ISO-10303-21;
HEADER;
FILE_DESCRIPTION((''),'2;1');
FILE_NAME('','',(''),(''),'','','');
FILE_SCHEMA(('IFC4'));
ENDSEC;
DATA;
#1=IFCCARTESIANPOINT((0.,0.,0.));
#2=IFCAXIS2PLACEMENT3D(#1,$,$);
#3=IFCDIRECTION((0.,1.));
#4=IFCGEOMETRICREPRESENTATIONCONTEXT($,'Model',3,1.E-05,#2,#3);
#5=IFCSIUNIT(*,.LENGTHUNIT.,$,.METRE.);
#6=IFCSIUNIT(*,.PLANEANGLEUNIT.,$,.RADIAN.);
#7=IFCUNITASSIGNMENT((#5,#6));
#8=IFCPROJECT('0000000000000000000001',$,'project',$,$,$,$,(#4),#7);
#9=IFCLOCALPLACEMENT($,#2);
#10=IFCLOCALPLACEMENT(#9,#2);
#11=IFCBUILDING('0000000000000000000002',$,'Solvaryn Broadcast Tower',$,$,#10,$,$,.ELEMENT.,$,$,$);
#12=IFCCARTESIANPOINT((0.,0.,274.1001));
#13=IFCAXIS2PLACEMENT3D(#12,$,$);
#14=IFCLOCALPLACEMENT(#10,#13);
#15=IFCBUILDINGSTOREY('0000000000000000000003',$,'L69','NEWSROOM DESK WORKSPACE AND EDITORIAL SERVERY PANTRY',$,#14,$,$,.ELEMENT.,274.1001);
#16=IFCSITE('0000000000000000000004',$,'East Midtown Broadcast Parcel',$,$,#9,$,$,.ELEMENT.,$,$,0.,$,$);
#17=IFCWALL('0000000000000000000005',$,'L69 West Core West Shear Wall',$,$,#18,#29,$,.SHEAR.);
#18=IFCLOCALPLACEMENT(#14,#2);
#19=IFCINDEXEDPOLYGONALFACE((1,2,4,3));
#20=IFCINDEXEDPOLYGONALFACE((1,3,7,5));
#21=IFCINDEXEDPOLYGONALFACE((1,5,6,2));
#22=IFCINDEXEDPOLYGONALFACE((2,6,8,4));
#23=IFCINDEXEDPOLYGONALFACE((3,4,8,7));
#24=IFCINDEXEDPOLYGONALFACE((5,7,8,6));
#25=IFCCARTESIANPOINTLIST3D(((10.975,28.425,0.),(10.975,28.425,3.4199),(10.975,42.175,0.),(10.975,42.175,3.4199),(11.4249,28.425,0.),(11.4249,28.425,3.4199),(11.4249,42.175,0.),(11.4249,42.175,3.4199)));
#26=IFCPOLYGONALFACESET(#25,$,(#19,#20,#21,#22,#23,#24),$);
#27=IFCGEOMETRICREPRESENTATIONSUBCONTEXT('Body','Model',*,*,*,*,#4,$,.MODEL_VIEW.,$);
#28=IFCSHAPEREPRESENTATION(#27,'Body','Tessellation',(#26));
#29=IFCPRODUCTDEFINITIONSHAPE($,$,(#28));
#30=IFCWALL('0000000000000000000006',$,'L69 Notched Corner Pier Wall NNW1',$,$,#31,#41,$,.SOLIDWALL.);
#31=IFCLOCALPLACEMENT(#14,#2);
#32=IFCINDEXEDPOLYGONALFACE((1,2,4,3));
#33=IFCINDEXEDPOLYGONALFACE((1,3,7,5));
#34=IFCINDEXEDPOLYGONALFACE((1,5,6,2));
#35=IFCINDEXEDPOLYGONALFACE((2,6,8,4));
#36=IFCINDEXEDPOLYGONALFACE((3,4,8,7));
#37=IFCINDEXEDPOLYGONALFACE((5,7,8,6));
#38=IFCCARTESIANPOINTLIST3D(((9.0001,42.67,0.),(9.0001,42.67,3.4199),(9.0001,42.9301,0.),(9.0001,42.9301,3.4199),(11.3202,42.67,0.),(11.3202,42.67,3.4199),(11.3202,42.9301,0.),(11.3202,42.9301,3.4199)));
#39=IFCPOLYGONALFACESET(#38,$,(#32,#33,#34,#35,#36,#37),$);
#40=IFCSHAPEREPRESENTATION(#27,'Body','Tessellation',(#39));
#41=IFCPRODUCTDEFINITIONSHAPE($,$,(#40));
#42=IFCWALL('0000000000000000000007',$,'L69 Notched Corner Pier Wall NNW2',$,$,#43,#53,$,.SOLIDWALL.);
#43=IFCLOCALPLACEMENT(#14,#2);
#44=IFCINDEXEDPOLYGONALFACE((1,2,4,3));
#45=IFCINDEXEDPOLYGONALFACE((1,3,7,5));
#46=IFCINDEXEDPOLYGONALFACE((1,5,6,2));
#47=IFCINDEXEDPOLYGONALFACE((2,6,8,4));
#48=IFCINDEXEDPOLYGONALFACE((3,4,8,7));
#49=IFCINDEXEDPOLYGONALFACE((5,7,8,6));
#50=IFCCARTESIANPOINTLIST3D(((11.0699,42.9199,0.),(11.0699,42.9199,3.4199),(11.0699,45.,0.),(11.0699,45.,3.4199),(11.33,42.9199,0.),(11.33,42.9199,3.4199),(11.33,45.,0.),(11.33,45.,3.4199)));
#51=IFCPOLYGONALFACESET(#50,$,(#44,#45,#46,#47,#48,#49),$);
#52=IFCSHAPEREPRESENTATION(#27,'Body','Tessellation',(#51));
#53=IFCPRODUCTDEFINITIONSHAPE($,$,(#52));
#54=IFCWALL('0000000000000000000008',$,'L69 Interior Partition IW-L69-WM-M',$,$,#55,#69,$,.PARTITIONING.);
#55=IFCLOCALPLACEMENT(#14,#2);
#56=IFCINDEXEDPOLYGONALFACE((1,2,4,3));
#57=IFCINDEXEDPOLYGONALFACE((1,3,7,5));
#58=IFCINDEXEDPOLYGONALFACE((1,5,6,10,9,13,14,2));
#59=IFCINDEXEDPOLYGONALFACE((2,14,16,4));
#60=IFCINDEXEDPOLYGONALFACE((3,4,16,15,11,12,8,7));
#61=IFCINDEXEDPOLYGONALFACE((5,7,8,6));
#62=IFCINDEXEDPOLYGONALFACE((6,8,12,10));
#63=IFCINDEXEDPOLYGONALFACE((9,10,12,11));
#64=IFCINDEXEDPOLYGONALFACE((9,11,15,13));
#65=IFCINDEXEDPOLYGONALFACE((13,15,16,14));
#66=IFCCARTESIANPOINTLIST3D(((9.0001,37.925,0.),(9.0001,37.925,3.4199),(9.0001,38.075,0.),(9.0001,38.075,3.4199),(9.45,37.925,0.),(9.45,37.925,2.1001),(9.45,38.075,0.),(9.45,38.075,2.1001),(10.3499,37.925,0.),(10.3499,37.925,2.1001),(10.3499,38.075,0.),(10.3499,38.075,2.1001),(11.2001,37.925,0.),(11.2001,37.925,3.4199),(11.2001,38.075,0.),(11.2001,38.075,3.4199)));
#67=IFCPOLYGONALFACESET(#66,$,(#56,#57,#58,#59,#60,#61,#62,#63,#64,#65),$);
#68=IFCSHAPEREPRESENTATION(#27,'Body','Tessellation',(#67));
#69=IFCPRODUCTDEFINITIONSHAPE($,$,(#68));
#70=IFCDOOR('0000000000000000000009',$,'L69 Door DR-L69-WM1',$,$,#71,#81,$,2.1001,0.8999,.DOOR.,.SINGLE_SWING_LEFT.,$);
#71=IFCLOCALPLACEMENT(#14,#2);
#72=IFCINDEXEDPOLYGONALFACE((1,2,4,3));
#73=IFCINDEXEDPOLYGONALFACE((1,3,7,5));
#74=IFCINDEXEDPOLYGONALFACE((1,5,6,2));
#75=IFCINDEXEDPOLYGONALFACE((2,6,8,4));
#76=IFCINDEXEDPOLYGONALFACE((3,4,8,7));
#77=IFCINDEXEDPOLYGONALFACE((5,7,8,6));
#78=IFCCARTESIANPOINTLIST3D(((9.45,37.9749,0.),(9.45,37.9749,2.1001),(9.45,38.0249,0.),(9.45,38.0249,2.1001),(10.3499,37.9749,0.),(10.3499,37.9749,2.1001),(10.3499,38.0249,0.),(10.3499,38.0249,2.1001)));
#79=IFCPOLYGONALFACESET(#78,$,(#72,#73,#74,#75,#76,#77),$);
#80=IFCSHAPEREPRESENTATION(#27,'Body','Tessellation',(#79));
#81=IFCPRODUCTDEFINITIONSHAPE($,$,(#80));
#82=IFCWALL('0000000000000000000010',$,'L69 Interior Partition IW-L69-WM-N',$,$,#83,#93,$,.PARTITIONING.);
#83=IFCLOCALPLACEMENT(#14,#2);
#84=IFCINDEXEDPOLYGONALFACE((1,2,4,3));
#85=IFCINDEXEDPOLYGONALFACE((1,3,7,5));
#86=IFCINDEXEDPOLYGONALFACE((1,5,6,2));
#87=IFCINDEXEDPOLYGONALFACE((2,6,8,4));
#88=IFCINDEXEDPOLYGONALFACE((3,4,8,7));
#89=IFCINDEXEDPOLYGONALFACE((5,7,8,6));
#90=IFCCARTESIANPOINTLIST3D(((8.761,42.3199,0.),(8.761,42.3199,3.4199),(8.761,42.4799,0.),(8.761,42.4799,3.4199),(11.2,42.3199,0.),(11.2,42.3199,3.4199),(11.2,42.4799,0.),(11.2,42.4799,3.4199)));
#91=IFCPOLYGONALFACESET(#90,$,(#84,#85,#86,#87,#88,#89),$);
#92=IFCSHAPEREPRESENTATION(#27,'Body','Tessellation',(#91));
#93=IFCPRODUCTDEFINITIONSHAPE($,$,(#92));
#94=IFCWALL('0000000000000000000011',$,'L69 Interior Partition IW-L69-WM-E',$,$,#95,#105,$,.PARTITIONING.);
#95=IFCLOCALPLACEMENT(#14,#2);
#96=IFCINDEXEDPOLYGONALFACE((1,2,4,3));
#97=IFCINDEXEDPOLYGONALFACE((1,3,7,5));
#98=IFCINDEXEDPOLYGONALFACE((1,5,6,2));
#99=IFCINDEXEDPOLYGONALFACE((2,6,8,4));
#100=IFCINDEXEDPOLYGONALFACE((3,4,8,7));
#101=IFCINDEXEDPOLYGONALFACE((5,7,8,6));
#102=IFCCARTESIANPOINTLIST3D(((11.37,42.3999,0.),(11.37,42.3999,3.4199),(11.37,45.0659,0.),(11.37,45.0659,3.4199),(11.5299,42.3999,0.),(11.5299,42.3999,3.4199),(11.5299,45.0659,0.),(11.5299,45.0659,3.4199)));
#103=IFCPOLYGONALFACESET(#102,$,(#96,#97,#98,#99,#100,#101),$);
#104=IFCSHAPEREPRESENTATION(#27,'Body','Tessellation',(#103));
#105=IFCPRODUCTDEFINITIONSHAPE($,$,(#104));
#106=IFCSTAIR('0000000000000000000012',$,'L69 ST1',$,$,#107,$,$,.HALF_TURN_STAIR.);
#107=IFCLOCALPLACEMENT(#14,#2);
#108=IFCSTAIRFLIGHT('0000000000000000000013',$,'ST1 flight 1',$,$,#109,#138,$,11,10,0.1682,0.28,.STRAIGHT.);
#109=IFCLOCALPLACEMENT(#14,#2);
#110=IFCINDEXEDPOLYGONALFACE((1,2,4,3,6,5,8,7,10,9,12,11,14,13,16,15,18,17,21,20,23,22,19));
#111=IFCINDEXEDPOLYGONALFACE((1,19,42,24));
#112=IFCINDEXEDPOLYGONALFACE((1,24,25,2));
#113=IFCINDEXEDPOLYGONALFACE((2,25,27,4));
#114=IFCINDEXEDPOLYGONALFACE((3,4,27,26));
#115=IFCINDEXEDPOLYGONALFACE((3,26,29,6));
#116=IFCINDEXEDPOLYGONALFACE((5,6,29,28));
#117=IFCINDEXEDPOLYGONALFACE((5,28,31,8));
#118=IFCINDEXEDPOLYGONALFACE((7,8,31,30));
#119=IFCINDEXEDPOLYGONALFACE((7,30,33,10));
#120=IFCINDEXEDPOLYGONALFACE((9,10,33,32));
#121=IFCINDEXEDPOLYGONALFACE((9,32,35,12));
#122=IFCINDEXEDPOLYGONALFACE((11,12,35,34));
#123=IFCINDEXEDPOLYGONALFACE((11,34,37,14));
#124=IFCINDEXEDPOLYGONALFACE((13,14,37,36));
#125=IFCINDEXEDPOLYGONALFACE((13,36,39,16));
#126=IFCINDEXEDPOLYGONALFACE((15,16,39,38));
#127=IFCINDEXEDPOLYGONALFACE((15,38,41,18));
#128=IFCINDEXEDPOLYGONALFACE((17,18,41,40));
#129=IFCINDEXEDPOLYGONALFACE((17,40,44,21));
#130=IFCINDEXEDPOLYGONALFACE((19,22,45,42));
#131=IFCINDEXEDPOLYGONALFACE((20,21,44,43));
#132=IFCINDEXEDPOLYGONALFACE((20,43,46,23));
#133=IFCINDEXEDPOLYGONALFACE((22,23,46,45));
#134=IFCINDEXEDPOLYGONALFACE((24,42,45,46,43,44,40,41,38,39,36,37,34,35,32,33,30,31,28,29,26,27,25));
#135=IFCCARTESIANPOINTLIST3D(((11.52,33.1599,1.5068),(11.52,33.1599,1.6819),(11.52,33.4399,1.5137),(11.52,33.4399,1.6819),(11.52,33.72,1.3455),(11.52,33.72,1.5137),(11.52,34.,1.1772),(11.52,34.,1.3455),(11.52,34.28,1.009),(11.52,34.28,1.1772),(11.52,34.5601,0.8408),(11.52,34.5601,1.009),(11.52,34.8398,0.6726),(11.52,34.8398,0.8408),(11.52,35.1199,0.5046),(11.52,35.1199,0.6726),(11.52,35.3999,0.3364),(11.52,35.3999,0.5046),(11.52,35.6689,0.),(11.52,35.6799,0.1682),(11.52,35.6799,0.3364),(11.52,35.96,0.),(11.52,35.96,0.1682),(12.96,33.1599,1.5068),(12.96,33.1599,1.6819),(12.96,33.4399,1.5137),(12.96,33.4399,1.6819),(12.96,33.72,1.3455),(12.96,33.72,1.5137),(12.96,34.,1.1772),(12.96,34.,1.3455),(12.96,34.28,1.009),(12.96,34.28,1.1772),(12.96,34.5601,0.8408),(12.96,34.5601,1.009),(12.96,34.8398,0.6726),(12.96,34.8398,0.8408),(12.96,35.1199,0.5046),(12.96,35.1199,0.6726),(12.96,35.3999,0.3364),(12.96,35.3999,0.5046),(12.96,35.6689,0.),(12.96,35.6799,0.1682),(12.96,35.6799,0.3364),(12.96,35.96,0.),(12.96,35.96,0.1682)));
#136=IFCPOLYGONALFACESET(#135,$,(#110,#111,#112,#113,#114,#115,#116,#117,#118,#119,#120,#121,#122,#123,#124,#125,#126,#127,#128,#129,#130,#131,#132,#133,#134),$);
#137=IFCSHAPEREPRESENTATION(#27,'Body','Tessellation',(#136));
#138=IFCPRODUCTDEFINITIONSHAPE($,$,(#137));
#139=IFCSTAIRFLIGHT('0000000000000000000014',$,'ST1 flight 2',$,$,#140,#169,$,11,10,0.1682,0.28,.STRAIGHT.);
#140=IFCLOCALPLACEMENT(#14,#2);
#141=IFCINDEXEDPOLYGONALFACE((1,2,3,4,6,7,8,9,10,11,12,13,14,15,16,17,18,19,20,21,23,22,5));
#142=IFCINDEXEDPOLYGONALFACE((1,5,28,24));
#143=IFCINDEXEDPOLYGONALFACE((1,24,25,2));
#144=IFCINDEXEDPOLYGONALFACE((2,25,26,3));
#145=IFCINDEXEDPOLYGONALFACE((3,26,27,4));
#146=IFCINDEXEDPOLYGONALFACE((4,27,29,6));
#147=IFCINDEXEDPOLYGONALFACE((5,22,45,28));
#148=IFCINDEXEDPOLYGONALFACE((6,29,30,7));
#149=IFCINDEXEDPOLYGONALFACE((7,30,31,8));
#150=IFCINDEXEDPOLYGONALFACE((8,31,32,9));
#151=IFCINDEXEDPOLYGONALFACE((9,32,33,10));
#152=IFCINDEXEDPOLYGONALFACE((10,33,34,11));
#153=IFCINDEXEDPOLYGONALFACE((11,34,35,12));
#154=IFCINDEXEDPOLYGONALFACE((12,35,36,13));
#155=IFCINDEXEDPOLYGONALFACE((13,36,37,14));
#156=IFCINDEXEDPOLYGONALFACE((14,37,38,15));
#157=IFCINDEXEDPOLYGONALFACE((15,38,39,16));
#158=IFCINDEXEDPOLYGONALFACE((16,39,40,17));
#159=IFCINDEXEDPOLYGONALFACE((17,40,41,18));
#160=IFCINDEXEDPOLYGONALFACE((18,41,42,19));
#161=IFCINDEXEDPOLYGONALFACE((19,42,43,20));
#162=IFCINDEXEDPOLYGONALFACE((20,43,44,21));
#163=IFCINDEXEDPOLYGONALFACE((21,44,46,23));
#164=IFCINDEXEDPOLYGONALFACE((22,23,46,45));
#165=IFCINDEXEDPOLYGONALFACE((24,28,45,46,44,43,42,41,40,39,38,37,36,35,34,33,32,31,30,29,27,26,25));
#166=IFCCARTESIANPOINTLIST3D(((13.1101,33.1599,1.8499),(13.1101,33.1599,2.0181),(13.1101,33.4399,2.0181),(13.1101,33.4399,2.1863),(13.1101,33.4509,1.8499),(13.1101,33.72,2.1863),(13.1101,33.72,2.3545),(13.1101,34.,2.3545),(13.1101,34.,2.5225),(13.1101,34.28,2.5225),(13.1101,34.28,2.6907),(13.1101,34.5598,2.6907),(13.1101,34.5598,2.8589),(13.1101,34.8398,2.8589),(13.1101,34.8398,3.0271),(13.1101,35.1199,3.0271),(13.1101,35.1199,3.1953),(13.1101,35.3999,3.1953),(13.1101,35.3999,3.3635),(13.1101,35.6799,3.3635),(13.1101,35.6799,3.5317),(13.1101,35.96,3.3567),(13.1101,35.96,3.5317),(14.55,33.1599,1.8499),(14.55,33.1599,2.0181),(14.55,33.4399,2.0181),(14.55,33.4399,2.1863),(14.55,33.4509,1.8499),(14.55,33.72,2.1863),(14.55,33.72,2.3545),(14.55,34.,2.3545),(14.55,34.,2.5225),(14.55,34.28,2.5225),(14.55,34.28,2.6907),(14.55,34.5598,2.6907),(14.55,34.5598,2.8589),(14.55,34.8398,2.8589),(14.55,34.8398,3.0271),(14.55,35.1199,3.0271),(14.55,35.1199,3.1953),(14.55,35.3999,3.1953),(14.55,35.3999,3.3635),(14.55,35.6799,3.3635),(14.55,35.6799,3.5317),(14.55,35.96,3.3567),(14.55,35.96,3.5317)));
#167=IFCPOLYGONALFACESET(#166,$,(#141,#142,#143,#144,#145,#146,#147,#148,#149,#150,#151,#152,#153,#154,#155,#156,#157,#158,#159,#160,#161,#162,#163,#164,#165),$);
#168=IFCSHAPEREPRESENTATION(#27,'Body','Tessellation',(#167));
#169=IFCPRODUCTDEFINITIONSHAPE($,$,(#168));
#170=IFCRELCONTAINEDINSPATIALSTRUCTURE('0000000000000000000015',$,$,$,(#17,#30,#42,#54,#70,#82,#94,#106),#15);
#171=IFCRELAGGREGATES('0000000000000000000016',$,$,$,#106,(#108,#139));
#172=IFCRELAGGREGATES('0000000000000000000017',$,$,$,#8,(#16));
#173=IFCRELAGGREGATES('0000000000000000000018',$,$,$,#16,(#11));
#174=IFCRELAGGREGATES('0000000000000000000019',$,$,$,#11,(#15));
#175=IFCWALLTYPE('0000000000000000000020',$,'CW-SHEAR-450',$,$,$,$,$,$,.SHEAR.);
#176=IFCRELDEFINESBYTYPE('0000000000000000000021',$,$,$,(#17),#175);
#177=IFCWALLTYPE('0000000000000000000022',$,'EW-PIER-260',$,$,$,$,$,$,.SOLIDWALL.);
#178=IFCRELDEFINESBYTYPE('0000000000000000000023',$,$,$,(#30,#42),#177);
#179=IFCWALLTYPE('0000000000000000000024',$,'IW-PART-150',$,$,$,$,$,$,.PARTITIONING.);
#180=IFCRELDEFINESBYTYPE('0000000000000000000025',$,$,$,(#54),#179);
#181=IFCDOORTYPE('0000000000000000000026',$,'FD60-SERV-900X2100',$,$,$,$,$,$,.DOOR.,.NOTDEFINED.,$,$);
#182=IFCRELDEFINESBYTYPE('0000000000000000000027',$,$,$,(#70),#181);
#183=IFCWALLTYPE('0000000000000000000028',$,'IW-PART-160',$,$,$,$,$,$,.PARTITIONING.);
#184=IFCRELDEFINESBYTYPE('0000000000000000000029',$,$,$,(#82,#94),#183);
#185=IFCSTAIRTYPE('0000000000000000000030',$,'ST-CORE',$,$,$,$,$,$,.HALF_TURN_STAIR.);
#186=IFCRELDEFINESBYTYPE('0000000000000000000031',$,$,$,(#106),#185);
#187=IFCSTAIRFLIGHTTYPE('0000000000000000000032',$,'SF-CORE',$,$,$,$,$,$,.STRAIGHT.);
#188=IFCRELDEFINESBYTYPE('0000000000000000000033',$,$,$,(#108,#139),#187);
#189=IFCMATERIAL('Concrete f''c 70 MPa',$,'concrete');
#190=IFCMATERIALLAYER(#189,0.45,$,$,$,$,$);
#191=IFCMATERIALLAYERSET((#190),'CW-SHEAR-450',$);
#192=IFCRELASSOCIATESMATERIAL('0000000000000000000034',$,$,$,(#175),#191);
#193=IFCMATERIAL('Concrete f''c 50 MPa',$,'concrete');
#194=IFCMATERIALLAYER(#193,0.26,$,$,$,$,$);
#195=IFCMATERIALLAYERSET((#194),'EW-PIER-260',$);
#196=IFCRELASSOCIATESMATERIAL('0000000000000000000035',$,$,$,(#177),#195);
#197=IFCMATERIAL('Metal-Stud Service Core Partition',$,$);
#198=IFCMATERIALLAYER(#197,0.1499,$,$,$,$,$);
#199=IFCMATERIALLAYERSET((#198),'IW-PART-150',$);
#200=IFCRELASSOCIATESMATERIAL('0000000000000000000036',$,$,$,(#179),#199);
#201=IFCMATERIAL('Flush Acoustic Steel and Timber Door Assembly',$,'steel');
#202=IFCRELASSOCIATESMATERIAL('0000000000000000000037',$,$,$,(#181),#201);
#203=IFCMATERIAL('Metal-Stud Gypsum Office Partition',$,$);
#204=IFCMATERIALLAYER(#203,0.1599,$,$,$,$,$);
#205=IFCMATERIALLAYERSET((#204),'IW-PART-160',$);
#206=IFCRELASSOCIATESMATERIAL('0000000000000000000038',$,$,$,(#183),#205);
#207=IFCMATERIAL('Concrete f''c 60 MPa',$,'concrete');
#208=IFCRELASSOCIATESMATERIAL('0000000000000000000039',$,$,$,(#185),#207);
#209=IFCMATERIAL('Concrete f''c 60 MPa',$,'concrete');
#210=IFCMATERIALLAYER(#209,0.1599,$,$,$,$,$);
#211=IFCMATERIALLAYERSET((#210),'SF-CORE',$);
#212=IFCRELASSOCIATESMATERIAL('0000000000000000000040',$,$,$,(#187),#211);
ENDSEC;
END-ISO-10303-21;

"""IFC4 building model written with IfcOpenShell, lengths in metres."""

from ifc_helpers import new_model, si_unit, direction, frame, frame_2d, origin, place, context, subcontext, project, spatial, polyline, rectangle, outline, extrude, material, layer, layer_set, type_object, element, fill, aggregate, save


model = new_model("IFC4")

# Units and contexts
model_context = context("Model", 3, precision=1e-05, world=origin(), true_north=direction((0.0, 1.0)))
body_context = subcontext(model_context, "Body", "Model", "MODEL_VIEW")
ifc_project = project(units=[si_unit("LENGTHUNIT", "METRE"), si_unit("PLANEANGLEUNIT", "RADIAN")], contexts=[model_context])

# Site, building, storey
site_placement = place(None, origin())
site = spatial("IfcSite", under=ifc_project, at=site_placement, Name="East Midtown Broadcast Parcel", CompositionType="ELEMENT", RefElevation=0.0)
building_placement = place(site_placement, origin())
building = spatial("IfcBuilding", under=site, at=building_placement, Name="Solvaryn Broadcast Tower", CompositionType="ELEMENT")
storey_placement = place(building_placement, frame((0.0, 0.0, 274.1001)))
storey = spatial("IfcBuildingStorey", under=building, at=storey_placement, Name="L69", Description="NEWSROOM DESK WORKSPACE AND EDITORIAL SERVERY PANTRY", CompositionType="ELEMENT", Elevation=274.1001)

# Walls
ifc_material_1 = material(Name="Concrete f'c 70 MPa", Category="concrete")
ifc_layer_1 = layer(ifc_material_1, 0.45)
ifc_layer_set_1 = layer_set([ifc_layer_1], Name="CW-SHEAR-450")
wall_type_1 = type_object("IfcWallType", Name="CW-SHEAR-450", PredefinedType="SHEAR", material=ifc_layer_set_1)
wall_1_placement = place(storey_placement, frame((11.2, 42.175, 0.0), z_axis=(0.0, 0.0, 1.0), x_axis=(0.0, -1.0, 0.0)))
element("IfcWall", 1, at=wall_1_placement, inside=storey, type_object=wall_type_1, Name="L69 West Core West Shear Wall", PredefinedType="SHEAR", context=body_context, shape_type="SweptSolid", body=[
    extrude(rectangle(XDim=13.75, YDim=0.45, at=frame_2d((6.875, 0.0))), origin(), (0.0, 0.0, 1.0), 3.4199),
])
ifc_material_2 = material(Name="Concrete f'c 50 MPa", Category="concrete")
ifc_layer_2 = layer(ifc_material_2, 0.26)
ifc_layer_set_2 = layer_set([ifc_layer_2], Name="EW-PIER-260")
wall_type_2 = type_object("IfcWallType", Name="EW-PIER-260", PredefinedType="SOLIDWALL", material=ifc_layer_set_2)
wall_2_placement = place(storey_placement, frame((9.0, 42.8, 0.0), z_axis=(0.0, 0.0, 1.0), x_axis=(1.0, 0.0, 0.0)))
element("IfcWall", 2, at=wall_2_placement, inside=storey, type_object=wall_type_2, Name="L69 Notched Corner Pier Wall NNW1", PredefinedType="SOLIDWALL", context=body_context, shape_type="SweptSolid", body=[
    extrude(rectangle(XDim=2.3201, YDim=0.26, at=frame_2d((1.1602, 0.0))), origin(), (0.0, 0.0, 1.0), 3.4199),
])
wall_3_placement = place(storey_placement, frame((11.2, 42.9199, 0.0), z_axis=(0.0, 0.0, 1.0), x_axis=(0.0, 1.0, 0.0)))
element("IfcWall", 3, at=wall_3_placement, inside=storey, type_object=wall_type_2, Name="L69 Notched Corner Pier Wall NNW2", PredefinedType="SOLIDWALL", context=body_context, shape_type="SweptSolid", body=[
    extrude(rectangle(XDim=2.0801, YDim=0.26, at=frame_2d((1.04, 0.0))), origin(), (0.0, 0.0, 1.0), 3.4199),
])

# Wall, opening, door
ifc_material_3 = material(Name="Metal-Stud Service Core Partition")
ifc_layer_3 = layer(ifc_material_3, 0.1499)
ifc_layer_set_3 = layer_set([ifc_layer_3], Name="IW-PART-150")
wall_type_3 = type_object("IfcWallType", Name="IW-PART-150", PredefinedType="PARTITIONING", material=ifc_layer_set_3)
wall_4_placement = place(storey_placement, frame((9.0, 38.0, 0.0), z_axis=(0.0, 0.0, 1.0), x_axis=(1.0, 0.0, 0.0)))
wall_4 = element("IfcWall", 4, at=wall_4_placement, inside=storey, type_object=wall_type_3, Name="L69 Interior Partition IW-L69-WM-M", PredefinedType="PARTITIONING", context=body_context, shape_type="SweptSolid", body=[
    extrude(rectangle(XDim=2.2, YDim=0.1499, at=frame_2d((1.1001, 0.0))), origin(), (0.0, 0.0, 1.0), 3.4199),
])
opening_placement = place(wall_4_placement, frame((0.45, 0.0, 0.0)))
opening = element("IfcOpeningElement", 5, at=opening_placement, cuts=wall_4, PredefinedType="OPENING", context=body_context, shape_type="SweptSolid", body=[
    extrude(rectangle(XDim=0.8999, YDim=2.1001, at=frame_2d((0.45, 1.05))), frame((0.0, 0.085, 0.0), z_axis=(0.0, -1.0, 0.0), x_axis=(1.0, 0.0, 0.0)), (0.0, 0.0, 1.0), 0.1699),
])
ifc_material_4 = material(Name="Flush Acoustic Steel and Timber Door Assembly", Category="steel")
door_type = type_object("IfcDoorType", Name="FD60-SERV-900X2100", OperationType="NOTDEFINED", PredefinedType="DOOR", material=ifc_material_4)
door_placement = place(opening_placement, origin())
door = element("IfcDoor", 6, at=door_placement, inside=storey, type_object=door_type, Name="L69 Door DR-L69-WM1", OperationType="SINGLE_SWING_LEFT", OverallHeight=2.1001, OverallWidth=0.8999, PredefinedType="DOOR", context=body_context, shape_type="SweptSolid", body=[
    extrude(rectangle(XDim=0.8999, YDim=2.1001, at=frame_2d((0.45, 1.05))), frame((0.0, 0.0249, 0.0), z_axis=(0.0, -1.0, 0.0), x_axis=(1.0, 0.0, 0.0)), (0.0, 0.0, 1.0), 0.05),
])
fill(opening, door)

# Walls
ifc_material_5 = material(Name="Metal-Stud Gypsum Office Partition")
ifc_layer_4 = layer(ifc_material_5, 0.1599)
ifc_layer_set_4 = layer_set([ifc_layer_4], Name="IW-PART-160")
wall_type_4 = type_object("IfcWallType", Name="IW-PART-160", PredefinedType="PARTITIONING", material=ifc_layer_set_4)
wall_5_placement = place(storey_placement, frame((8.761, 42.3999, 0.0), z_axis=(0.0, 0.0, 1.0), x_axis=(1.0, 0.0, 0.0)))
element("IfcWall", 7, at=wall_5_placement, inside=storey, type_object=wall_type_4, Name="L69 Interior Partition IW-L69-WM-N", PredefinedType="PARTITIONING", context=body_context, shape_type="SweptSolid", body=[
    extrude(rectangle(XDim=2.439, YDim=0.1599, at=frame_2d((1.2195, 0.0))), origin(), (0.0, 0.0, 1.0), 3.4199),
])
wall_6_placement = place(storey_placement, frame((11.45, 42.3999, 0.0), z_axis=(0.0, 0.0, 1.0), x_axis=(0.0, 1.0, 0.0)))
element("IfcWall", 8, at=wall_6_placement, inside=storey, type_object=wall_type_4, Name="L69 Interior Partition IW-L69-WM-E", PredefinedType="PARTITIONING", context=body_context, shape_type="SweptSolid", body=[
    extrude(rectangle(XDim=2.666, YDim=0.1599, at=frame_2d((1.333, 0.0))), origin(), (0.0, 0.0, 1.0), 3.4199),
])

# Stair, stair flights
ifc_material_6 = material(Name="Concrete f'c 60 MPa", Category="concrete")
stair_type = type_object("IfcStairType", Name="ST-CORE", PredefinedType="HALF_TURN_STAIR", material=ifc_material_6)
stair_placement = place(storey_placement, origin())
stair = element("IfcStair", 9, at=stair_placement, inside=storey, type_object=stair_type, Name="L69 ST1", PredefinedType="HALF_TURN_STAIR")
ifc_material_7 = material(Name="Concrete f'c 60 MPa", Category="concrete")
ifc_layer_5 = layer(ifc_material_7, 0.1599)
ifc_layer_set_5 = layer_set([ifc_layer_5], Name="SF-CORE")
stair_flight_type = type_object("IfcStairFlightType", Name="SF-CORE", PredefinedType="STRAIGHT", material=ifc_layer_set_5)
stair_flight_1_placement = place(storey_placement, frame((12.24, 35.96, 0.0), z_axis=(0.0, 0.0, 1.0), x_axis=(0.0, -1.0, 0.0)))
stair_flight_1 = element("IfcStairFlight", 10, at=stair_flight_1_placement, type_object=stair_flight_type, Name="ST1 flight 1", NumberOfRisers=11, NumberOfTreads=10, PredefinedType="STRAIGHT", RiserHeight=0.1682, TreadLength=0.28, context=body_context, shape_type="SweptSolid", body=[
    extrude(outline(polyline([(0.0, 0.0), (0.0, 0.1682), (0.28, 0.1682), (0.28, 0.3364), (0.5601, 0.3364), (0.5601, 0.5046), (0.8401, 0.5046), (0.8401, 0.6726), (1.1201, 0.6726), (1.1201, 0.8408), (1.3999, 0.8408), (1.3999, 1.009), (1.6799, 1.009), (1.6799, 1.1772), (1.96, 1.1772), (1.96, 1.3455), (2.24, 1.3455), (2.24, 1.5137), (2.52, 1.5137), (2.52, 1.6819), (2.8, 1.6819), (2.8, 1.8501), (2.8, 1.5068), (0.291, 0.0), (0.0, 0.0)])), frame((0.0, 0.72, 0.0), z_axis=(0.0, -1.0, 0.0), x_axis=(1.0, 0.0, 0.0)), (0.0, 0.0, 1.0), 1.4399),
])
stair_flight_2_placement = place(storey_placement, frame((13.8301, 33.1599, 1.8499), z_axis=(0.0, 0.0, 1.0), x_axis=(0.0, 1.0, 0.0)))
stair_flight_2 = element("IfcStairFlight", 11, at=stair_flight_2_placement, type_object=stair_flight_type, Name="ST1 flight 2", NumberOfRisers=11, NumberOfTreads=10, PredefinedType="STRAIGHT", RiserHeight=0.1682, TreadLength=0.28, context=body_context, shape_type="SweptSolid", body=[
    extrude(outline(polyline([(0.0, 0.0), (0.0, 0.1682), (0.28, 0.1682), (0.28, 0.3364), (0.5601, 0.3364), (0.5601, 0.5046), (0.8401, 0.5046), (0.8401, 0.6726), (1.1201, 0.6726), (1.1201, 0.8408), (1.3999, 0.8408), (1.3999, 1.009), (1.6799, 1.009), (1.6799, 1.1772), (1.96, 1.1772), (1.96, 1.3455), (2.24, 1.3455), (2.24, 1.5137), (2.52, 1.5137), (2.52, 1.6819), (2.8, 1.6819), (2.8, 1.8501), (2.8, 1.5068), (0.291, 0.0), (0.0, 0.0)])), frame((0.0, 0.72, 0.0), z_axis=(0.0, -1.0, 0.0), x_axis=(1.0, 0.0, 0.0)), (0.0, 0.0, 1.0), 1.4399),
])
aggregate(stair, [stair_flight_1, stair_flight_2])

save(model, "model.ifc")
